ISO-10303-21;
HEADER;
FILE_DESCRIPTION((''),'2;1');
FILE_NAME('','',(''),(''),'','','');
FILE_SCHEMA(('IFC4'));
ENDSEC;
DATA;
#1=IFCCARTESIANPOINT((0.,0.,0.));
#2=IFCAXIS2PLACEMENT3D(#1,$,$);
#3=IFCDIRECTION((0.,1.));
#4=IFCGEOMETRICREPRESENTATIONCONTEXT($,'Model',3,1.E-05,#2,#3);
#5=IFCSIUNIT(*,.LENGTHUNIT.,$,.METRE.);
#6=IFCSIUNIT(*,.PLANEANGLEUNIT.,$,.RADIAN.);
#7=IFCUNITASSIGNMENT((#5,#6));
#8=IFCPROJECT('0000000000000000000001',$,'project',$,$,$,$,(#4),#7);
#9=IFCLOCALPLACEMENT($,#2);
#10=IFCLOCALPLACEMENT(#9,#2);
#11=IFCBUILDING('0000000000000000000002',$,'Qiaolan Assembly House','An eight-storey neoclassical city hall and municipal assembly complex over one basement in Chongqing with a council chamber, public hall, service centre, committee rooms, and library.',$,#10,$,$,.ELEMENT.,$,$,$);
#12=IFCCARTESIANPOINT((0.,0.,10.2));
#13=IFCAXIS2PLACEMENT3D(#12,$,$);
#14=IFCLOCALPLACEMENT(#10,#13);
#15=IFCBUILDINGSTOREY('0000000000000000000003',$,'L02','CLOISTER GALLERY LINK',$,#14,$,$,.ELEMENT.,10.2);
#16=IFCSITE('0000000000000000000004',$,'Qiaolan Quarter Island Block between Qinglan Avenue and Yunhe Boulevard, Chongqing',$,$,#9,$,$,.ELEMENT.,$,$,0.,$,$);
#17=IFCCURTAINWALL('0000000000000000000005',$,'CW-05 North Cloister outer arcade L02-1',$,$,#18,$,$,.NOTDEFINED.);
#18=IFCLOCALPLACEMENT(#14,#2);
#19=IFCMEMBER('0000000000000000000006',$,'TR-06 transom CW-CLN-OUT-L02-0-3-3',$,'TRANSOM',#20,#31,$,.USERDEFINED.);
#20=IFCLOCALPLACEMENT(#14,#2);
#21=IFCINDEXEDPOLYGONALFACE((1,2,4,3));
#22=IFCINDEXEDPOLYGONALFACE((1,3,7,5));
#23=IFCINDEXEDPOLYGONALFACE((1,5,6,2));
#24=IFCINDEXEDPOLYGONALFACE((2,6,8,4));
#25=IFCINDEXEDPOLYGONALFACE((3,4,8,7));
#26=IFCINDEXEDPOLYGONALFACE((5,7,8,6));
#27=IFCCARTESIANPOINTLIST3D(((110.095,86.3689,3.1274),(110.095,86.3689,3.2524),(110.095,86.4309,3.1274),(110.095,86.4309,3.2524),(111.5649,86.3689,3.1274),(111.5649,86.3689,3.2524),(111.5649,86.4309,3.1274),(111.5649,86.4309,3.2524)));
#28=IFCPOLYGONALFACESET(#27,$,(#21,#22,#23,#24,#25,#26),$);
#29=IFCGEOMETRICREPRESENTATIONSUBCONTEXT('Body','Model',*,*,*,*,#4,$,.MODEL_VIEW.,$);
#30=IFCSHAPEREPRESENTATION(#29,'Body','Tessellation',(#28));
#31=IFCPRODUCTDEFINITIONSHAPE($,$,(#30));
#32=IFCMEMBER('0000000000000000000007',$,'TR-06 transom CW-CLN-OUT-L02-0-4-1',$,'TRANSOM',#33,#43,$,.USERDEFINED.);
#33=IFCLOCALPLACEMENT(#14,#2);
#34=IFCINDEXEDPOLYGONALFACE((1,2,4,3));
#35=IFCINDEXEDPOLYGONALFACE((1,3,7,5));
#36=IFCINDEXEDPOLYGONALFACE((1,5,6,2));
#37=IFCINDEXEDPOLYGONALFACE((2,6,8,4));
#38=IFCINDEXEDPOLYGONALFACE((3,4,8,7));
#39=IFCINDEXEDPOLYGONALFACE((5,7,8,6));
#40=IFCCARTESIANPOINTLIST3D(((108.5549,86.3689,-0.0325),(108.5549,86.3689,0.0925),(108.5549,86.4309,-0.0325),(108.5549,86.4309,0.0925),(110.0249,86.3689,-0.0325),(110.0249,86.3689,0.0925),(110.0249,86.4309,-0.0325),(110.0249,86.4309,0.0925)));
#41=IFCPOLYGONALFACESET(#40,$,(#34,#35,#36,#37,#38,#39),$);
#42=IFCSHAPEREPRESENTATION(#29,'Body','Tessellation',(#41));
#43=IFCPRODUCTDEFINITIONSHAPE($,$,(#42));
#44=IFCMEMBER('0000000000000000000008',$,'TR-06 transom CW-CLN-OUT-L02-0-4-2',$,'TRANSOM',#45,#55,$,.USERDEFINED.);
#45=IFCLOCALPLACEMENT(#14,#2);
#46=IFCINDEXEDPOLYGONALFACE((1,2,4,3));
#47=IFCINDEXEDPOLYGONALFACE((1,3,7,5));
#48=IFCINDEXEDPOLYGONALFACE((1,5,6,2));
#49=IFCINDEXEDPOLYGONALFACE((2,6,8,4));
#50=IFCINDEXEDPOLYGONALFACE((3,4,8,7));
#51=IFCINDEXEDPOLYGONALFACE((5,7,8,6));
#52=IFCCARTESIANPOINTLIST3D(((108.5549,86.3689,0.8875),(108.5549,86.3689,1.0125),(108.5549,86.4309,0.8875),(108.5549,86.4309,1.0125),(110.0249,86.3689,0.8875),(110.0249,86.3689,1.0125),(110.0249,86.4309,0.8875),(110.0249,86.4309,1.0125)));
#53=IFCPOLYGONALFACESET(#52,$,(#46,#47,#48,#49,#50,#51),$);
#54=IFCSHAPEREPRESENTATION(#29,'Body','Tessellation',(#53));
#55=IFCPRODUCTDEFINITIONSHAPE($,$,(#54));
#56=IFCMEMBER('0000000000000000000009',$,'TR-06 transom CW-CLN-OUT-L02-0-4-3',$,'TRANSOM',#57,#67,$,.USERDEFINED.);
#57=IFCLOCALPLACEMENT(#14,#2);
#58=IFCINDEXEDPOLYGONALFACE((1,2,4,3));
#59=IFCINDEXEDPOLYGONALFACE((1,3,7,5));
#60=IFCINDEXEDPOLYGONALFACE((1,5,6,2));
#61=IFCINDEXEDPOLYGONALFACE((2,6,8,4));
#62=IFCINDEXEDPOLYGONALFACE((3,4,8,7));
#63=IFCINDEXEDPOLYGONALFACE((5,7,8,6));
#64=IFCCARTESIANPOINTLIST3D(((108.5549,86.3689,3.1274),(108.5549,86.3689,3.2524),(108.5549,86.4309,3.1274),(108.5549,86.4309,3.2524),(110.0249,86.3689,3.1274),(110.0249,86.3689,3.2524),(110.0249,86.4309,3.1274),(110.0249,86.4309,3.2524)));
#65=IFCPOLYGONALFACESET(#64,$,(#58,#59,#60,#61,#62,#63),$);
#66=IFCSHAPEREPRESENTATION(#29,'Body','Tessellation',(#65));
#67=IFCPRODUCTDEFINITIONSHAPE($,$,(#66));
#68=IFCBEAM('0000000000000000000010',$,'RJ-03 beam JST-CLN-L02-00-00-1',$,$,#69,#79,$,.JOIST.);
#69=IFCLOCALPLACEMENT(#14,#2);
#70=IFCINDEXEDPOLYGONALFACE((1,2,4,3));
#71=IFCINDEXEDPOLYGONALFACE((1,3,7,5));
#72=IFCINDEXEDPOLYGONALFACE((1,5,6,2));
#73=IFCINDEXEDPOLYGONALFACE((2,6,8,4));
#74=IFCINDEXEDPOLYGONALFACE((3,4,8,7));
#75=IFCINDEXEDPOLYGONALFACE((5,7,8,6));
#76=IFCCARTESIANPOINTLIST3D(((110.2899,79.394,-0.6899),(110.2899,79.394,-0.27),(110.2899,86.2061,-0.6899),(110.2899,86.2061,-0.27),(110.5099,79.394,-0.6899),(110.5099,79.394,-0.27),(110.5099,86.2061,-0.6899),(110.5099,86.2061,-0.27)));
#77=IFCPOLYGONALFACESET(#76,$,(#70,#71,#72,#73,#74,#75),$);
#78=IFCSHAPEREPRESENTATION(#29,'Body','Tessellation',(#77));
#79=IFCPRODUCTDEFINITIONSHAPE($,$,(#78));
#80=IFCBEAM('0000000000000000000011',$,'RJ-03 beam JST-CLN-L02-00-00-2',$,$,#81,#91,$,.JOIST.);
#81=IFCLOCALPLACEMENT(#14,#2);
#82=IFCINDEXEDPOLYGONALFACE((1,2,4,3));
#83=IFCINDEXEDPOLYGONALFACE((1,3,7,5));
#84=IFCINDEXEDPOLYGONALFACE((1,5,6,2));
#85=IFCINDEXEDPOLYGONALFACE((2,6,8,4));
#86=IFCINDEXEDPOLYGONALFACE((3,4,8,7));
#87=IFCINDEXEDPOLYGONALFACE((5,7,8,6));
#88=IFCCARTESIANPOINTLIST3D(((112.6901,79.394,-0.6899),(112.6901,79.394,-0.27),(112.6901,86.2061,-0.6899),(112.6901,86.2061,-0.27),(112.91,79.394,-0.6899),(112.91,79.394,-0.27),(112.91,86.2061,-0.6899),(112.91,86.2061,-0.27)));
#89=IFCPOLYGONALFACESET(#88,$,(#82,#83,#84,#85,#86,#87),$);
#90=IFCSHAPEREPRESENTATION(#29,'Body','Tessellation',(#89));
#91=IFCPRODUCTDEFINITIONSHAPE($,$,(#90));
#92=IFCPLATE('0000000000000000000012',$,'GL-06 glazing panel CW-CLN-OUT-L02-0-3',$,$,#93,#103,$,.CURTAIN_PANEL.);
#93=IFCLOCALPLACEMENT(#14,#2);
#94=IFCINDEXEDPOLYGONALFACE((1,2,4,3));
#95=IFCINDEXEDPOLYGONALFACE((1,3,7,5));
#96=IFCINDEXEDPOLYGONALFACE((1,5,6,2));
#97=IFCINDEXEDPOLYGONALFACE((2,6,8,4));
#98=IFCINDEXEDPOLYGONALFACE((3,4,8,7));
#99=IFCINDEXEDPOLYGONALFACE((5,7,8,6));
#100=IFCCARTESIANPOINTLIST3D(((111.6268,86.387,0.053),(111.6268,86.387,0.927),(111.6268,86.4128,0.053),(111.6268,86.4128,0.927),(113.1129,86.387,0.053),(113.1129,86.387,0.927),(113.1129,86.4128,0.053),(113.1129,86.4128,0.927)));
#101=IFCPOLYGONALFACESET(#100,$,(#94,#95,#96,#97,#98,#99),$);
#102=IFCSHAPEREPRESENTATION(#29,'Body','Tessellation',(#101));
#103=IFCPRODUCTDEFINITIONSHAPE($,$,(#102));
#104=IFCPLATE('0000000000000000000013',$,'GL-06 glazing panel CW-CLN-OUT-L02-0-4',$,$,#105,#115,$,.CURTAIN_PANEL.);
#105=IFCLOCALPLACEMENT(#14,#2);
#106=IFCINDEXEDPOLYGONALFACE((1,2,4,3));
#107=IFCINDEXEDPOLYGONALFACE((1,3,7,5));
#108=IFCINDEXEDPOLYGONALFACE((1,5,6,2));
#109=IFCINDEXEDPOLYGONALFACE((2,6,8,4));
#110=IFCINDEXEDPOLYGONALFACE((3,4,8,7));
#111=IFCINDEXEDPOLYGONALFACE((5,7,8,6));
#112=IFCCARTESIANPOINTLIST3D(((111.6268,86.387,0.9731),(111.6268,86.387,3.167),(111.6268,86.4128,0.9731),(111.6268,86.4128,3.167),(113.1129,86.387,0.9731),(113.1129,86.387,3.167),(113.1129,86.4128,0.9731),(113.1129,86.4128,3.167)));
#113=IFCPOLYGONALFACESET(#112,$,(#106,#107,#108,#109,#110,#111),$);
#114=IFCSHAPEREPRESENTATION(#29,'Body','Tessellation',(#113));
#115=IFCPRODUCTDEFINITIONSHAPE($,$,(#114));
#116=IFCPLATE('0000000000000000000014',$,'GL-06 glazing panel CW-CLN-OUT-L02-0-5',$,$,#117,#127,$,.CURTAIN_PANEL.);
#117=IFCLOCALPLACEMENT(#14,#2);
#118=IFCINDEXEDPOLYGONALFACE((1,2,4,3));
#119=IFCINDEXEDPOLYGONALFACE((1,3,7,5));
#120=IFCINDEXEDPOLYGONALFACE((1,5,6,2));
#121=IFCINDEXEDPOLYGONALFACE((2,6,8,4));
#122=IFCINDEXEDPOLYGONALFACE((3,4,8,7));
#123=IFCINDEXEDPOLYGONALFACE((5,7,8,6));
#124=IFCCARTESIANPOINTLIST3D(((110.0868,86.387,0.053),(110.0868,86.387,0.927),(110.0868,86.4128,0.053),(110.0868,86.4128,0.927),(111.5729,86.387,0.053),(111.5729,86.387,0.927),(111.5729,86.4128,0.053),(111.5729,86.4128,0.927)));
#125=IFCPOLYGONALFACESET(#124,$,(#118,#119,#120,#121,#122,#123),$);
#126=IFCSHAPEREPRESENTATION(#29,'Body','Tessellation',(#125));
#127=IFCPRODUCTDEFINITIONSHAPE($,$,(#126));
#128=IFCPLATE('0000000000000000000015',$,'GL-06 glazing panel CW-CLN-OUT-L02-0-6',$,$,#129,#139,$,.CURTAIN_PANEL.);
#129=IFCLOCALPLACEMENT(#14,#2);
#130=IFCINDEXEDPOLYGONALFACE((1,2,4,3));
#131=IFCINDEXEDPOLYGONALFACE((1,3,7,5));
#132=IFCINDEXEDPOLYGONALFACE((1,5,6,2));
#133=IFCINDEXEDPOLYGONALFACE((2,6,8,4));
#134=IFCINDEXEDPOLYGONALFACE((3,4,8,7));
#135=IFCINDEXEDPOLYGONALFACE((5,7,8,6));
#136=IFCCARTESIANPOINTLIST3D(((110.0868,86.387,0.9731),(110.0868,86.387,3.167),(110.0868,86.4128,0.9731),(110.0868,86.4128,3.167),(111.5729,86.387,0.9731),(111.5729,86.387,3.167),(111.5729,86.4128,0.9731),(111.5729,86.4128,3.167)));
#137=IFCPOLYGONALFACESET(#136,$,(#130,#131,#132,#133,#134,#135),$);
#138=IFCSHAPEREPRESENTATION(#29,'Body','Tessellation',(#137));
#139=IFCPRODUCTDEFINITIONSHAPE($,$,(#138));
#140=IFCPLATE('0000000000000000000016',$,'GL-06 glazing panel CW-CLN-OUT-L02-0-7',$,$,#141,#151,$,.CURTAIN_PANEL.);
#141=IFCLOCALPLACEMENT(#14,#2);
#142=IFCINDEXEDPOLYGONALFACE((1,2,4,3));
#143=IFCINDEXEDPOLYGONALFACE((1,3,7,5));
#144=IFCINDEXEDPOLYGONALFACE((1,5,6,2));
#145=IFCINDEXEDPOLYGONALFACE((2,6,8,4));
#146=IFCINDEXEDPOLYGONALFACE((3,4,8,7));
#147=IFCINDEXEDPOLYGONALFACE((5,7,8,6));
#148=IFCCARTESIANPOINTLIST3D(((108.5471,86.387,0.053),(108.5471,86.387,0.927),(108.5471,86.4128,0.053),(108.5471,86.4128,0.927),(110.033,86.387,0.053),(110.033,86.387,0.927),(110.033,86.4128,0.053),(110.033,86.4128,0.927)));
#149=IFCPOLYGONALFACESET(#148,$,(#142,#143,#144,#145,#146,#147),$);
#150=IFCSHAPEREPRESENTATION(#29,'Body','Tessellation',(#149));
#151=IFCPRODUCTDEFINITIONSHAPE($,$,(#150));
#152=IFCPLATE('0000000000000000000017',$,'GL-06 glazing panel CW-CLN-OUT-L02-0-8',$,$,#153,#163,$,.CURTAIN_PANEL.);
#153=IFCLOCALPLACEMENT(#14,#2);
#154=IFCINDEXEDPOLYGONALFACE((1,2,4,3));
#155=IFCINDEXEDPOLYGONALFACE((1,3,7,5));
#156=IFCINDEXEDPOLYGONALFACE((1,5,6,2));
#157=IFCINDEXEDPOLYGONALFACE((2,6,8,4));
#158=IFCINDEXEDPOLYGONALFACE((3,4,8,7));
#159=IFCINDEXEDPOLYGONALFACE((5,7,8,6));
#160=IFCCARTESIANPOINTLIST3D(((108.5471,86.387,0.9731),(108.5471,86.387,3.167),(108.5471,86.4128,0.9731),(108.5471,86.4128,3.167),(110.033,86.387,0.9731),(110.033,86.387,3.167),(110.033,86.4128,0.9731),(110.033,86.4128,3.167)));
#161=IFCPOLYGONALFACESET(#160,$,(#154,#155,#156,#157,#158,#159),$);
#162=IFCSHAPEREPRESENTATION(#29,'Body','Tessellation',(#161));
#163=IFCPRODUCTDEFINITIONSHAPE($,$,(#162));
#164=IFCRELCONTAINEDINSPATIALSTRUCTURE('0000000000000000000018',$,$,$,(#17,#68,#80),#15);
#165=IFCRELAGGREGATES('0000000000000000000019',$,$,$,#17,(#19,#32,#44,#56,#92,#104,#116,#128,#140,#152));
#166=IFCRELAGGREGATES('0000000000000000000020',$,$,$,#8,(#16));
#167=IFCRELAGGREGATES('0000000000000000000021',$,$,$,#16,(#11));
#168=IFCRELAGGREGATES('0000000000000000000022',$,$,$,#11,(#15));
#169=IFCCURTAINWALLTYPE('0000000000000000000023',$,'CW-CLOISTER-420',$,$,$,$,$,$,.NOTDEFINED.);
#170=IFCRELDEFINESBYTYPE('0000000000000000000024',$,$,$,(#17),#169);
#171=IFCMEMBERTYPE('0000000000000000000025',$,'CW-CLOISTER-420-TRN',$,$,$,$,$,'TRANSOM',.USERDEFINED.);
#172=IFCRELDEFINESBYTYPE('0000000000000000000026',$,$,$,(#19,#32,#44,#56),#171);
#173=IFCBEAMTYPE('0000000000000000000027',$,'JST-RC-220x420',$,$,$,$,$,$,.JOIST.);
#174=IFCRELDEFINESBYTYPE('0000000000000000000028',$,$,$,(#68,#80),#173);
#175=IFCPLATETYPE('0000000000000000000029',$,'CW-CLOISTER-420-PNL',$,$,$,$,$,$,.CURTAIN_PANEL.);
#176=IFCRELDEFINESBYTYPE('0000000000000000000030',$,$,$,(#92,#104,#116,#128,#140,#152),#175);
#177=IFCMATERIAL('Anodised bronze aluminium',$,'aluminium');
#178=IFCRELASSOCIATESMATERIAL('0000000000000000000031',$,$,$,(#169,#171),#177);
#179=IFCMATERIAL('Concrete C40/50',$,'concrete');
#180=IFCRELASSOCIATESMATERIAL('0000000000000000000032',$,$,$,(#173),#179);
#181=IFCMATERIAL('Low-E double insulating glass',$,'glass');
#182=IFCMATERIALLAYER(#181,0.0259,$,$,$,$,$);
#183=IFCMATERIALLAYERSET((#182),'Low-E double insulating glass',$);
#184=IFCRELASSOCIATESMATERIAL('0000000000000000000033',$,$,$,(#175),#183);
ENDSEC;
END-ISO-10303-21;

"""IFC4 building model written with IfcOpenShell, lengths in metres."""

from ifc_helpers import new_model, si_unit, direction, frame, frame_2d, origin, origin_2d, place, context, subcontext, project, spatial, rectangle, extrude, material, layer, layer_set, material_profile, profile_set, type_object, element, aggregate, save


model = new_model("IFC4")

# Units and contexts
model_context = context("Model", 3, precision=1e-05, world=origin(), true_north=direction((0.0, 1.0)))
body_context = subcontext(model_context, "Body", "Model", "MODEL_VIEW")
ifc_project = project(units=[si_unit("LENGTHUNIT", "METRE"), si_unit("PLANEANGLEUNIT", "RADIAN")], contexts=[model_context])

# Site, building, storey
site_placement = place(None, origin())
site = spatial("IfcSite", under=ifc_project, at=site_placement, Name="Qiaolan Quarter Island Block between Qinglan Avenue and Yunhe Boulevard, Chongqing", CompositionType="ELEMENT", RefElevation=0.0)
building_placement = place(site_placement, origin())
building = spatial("IfcBuilding", under=site, at=building_placement, Name="Qiaolan Assembly House", Description="An eight-storey neoclassical city hall and municipal assembly complex over one basement in Chongqing with a council chamber, public hall, service centre, committee rooms, and library.", CompositionType="ELEMENT")
storey_placement = place(building_placement, frame((0.0, 0.0, 10.2)))
storey = spatial("IfcBuildingStorey", under=building, at=storey_placement, Name="L02", Description="CLOISTER GALLERY LINK", CompositionType="ELEMENT", Elevation=10.2)

# Shared definitions
ifc_material_1 = material(Name="Concrete C40/50", Category="concrete")

# Curtain wall, members
ifc_material_2 = material(Name="Anodised bronze aluminium", Category="aluminium")
curtain_wall_type = type_object("IfcCurtainWallType", Name="CW-CLOISTER-420", PredefinedType="NOTDEFINED", material=ifc_material_2)
curtain_wall_placement = place(storey_placement, origin())
curtain_wall = element("IfcCurtainWall", 1, at=curtain_wall_placement, inside=storey, type_object=curtain_wall_type, Name="CW-05 North Cloister outer arcade L02-1", PredefinedType="NOTDEFINED")
ifc_material_profile_1 = material_profile(ifc_material_2, rectangle(XDim=0.062, YDim=0.125, at=origin_2d()), Name="TRN 62x125")
ifc_profile_set_1 = profile_set([ifc_material_profile_1], Name="Anodised bronze aluminium")
member_type_1 = type_object("IfcMemberType", Name="CW-CLOISTER-420-TRN", ElementType="TRANSOM", PredefinedType="USERDEFINED", material=ifc_profile_set_1)
member_1_placement = place(storey_placement, frame((111.5649, 86.3999, 3.1899), z_axis=(-1.0, 0.0, 0.0), x_axis=(0.0, -1.0, 0.0)))
member_1 = element("IfcMember", 2, at=member_1_placement, type_object=member_type_1, Name="TR-06 transom CW-CLN-OUT-L02-0-3-3", ObjectType="TRANSOM", PredefinedType="USERDEFINED", context=body_context, shape_type="SweptSolid", body=[
    extrude(rectangle(XDim=0.062, YDim=0.125, at=origin_2d()), origin(), (0.0, 0.0, 1.0), 1.47),
])
member_2_placement = place(storey_placement, frame((110.0249, 86.3999, 0.03), z_axis=(-1.0, 0.0, 0.0), x_axis=(0.0, -1.0, 0.0)))
member_2 = element("IfcMember", 3, at=member_2_placement, type_object=member_type_1, Name="TR-06 transom CW-CLN-OUT-L02-0-4-1", ObjectType="TRANSOM", PredefinedType="USERDEFINED", context=body_context, shape_type="SweptSolid", body=[
    extrude(rectangle(XDim=0.062, YDim=0.125, at=origin_2d()), origin(), (0.0, 0.0, 1.0), 1.47),
])
member_3_placement = place(storey_placement, frame((110.0249, 86.3999, 0.95), z_axis=(-1.0, 0.0, 0.0), x_axis=(0.0, -1.0, 0.0)))
member_3 = element("IfcMember", 4, at=member_3_placement, type_object=member_type_1, Name="TR-06 transom CW-CLN-OUT-L02-0-4-2", ObjectType="TRANSOM", PredefinedType="USERDEFINED", context=body_context, shape_type="SweptSolid", body=[
    extrude(rectangle(XDim=0.062, YDim=0.125, at=origin_2d()), origin(), (0.0, 0.0, 1.0), 1.47),
])
member_4_placement = place(storey_placement, frame((110.0249, 86.3999, 3.1899), z_axis=(-1.0, 0.0, 0.0), x_axis=(0.0, -1.0, 0.0)))
member_4 = element("IfcMember", 5, at=member_4_placement, type_object=member_type_1, Name="TR-06 transom CW-CLN-OUT-L02-0-4-3", ObjectType="TRANSOM", PredefinedType="USERDEFINED", context=body_context, shape_type="SweptSolid", body=[
    extrude(rectangle(XDim=0.062, YDim=0.125, at=origin_2d()), origin(), (0.0, 0.0, 1.0), 1.47),
])

# Beams
ifc_material_profile_2 = material_profile(ifc_material_1, rectangle(XDim=0.22, YDim=0.4199, at=origin_2d()), Name="RCB 220x420")
ifc_profile_set_2 = profile_set([ifc_material_profile_2], Name="Concrete C40/50")
beam_type_1 = type_object("IfcBeamType", Name="JST-RC-220x420", PredefinedType="JOIST", material=ifc_profile_set_2)
for number, where, z_axis, x_axis, name in (
    (6, (110.3999, 79.394, -0.48), (0.0, 1.0, 0.0), (-1.0, 0.0, 0.0), "RJ-03 beam JST-CLN-L02-00-00-1"),
    (7, (112.8, 79.394, -0.48), (0.0, 1.0, 0.0), (-1.0, 0.0, 0.0), "RJ-03 beam JST-CLN-L02-00-00-2"),
):
    element("IfcBeam", number, at=place(storey_placement, frame(where, z_axis=z_axis, x_axis=x_axis)), inside=storey, type_object=beam_type_1, Name=name, PredefinedType="JOIST", context=body_context, shape_type="SweptSolid", body=[
        extrude(rectangle(XDim=0.22, YDim=0.4199, at=origin_2d()), origin(), (0.0, 0.0, 1.0), 6.812),
    ])

# Plates
ifc_material_3 = material(Name="Low-E double insulating glass", Category="glass")
ifc_layer = layer(ifc_material_3, 0.0259)
ifc_layer_set = layer_set([ifc_layer], Name="Low-E double insulating glass")
plate_type = type_object("IfcPlateType", Name="CW-CLOISTER-420-PNL", PredefinedType="CURTAIN_PANEL", material=ifc_layer_set)
plate_1_placement = place(storey_placement, frame((113.113, 86.3999, 0.053), z_axis=(0.0, 0.0, 1.0), x_axis=(-1.0, 0.0, 0.0)))
plate_1 = element("IfcPlate", 8, at=plate_1_placement, type_object=plate_type, Name="GL-06 glazing panel CW-CLN-OUT-L02-0-3", PredefinedType="CURTAIN_PANEL", context=body_context, shape_type="SweptSolid", body=[
    extrude(rectangle(XDim=1.4861, YDim=0.0259, at=frame_2d((0.7432, 0.0))), origin(), (0.0, 0.0, 1.0), 0.874),
])
plate_2_placement = place(storey_placement, frame((113.113, 86.3999, 0.9731), z_axis=(0.0, 0.0, 1.0), x_axis=(-1.0, 0.0, 0.0)))
plate_2 = element("IfcPlate", 9, at=plate_2_placement, type_object=plate_type, Name="GL-06 glazing panel CW-CLN-OUT-L02-0-4", PredefinedType="CURTAIN_PANEL", context=body_context, shape_type="SweptSolid", body=[
    extrude(rectangle(XDim=1.4861, YDim=0.0259, at=frame_2d((0.7432, 0.0))), origin(), (0.0, 0.0, 1.0), 2.1938),
])
plate_3_placement = place(storey_placement, frame((111.573, 86.3999, 0.053), z_axis=(0.0, 0.0, 1.0), x_axis=(-1.0, 0.0, 0.0)))
plate_3 = element("IfcPlate", 10, at=plate_3_placement, type_object=plate_type, Name="GL-06 glazing panel CW-CLN-OUT-L02-0-5", PredefinedType="CURTAIN_PANEL", context=body_context, shape_type="SweptSolid", body=[
    extrude(rectangle(XDim=1.4861, YDim=0.0259, at=frame_2d((0.7432, 0.0))), origin(), (0.0, 0.0, 1.0), 0.874),
])
plate_4_placement = place(storey_placement, frame((111.573, 86.3999, 0.9731), z_axis=(0.0, 0.0, 1.0), x_axis=(-1.0, 0.0, 0.0)))
plate_4 = element("IfcPlate", 11, at=plate_4_placement, type_object=plate_type, Name="GL-06 glazing panel CW-CLN-OUT-L02-0-6", PredefinedType="CURTAIN_PANEL", context=body_context, shape_type="SweptSolid", body=[
    extrude(rectangle(XDim=1.4861, YDim=0.0259, at=frame_2d((0.7432, 0.0))), origin(), (0.0, 0.0, 1.0), 2.1938),
])
plate_5_placement = place(storey_placement, frame((110.033, 86.3999, 0.053), z_axis=(0.0, 0.0, 1.0), x_axis=(-1.0, 0.0, 0.0)))
plate_5 = element("IfcPlate", 12, at=plate_5_placement, type_object=plate_type, Name="GL-06 glazing panel CW-CLN-OUT-L02-0-7", PredefinedType="CURTAIN_PANEL", context=body_context, shape_type="SweptSolid", body=[
    extrude(rectangle(XDim=1.4858, YDim=0.0259, at=frame_2d((0.7429, 0.0))), origin(), (0.0, 0.0, 1.0), 0.874),
])
plate_6_placement = place(storey_placement, frame((110.033, 86.3999, 0.9731), z_axis=(0.0, 0.0, 1.0), x_axis=(-1.0, 0.0, 0.0)))
plate_6 = element("IfcPlate", 13, at=plate_6_placement, type_object=plate_type, Name="GL-06 glazing panel CW-CLN-OUT-L02-0-8", PredefinedType="CURTAIN_PANEL", context=body_context, shape_type="SweptSolid", body=[
    extrude(rectangle(XDim=1.4858, YDim=0.0259, at=frame_2d((0.7429, 0.0))), origin(), (0.0, 0.0, 1.0), 2.1938),
])
aggregate(curtain_wall, [member_1, member_2, member_3, member_4, plate_1, plate_2, plate_3, plate_4, plate_5, plate_6])

save(model, "model.ifc")
